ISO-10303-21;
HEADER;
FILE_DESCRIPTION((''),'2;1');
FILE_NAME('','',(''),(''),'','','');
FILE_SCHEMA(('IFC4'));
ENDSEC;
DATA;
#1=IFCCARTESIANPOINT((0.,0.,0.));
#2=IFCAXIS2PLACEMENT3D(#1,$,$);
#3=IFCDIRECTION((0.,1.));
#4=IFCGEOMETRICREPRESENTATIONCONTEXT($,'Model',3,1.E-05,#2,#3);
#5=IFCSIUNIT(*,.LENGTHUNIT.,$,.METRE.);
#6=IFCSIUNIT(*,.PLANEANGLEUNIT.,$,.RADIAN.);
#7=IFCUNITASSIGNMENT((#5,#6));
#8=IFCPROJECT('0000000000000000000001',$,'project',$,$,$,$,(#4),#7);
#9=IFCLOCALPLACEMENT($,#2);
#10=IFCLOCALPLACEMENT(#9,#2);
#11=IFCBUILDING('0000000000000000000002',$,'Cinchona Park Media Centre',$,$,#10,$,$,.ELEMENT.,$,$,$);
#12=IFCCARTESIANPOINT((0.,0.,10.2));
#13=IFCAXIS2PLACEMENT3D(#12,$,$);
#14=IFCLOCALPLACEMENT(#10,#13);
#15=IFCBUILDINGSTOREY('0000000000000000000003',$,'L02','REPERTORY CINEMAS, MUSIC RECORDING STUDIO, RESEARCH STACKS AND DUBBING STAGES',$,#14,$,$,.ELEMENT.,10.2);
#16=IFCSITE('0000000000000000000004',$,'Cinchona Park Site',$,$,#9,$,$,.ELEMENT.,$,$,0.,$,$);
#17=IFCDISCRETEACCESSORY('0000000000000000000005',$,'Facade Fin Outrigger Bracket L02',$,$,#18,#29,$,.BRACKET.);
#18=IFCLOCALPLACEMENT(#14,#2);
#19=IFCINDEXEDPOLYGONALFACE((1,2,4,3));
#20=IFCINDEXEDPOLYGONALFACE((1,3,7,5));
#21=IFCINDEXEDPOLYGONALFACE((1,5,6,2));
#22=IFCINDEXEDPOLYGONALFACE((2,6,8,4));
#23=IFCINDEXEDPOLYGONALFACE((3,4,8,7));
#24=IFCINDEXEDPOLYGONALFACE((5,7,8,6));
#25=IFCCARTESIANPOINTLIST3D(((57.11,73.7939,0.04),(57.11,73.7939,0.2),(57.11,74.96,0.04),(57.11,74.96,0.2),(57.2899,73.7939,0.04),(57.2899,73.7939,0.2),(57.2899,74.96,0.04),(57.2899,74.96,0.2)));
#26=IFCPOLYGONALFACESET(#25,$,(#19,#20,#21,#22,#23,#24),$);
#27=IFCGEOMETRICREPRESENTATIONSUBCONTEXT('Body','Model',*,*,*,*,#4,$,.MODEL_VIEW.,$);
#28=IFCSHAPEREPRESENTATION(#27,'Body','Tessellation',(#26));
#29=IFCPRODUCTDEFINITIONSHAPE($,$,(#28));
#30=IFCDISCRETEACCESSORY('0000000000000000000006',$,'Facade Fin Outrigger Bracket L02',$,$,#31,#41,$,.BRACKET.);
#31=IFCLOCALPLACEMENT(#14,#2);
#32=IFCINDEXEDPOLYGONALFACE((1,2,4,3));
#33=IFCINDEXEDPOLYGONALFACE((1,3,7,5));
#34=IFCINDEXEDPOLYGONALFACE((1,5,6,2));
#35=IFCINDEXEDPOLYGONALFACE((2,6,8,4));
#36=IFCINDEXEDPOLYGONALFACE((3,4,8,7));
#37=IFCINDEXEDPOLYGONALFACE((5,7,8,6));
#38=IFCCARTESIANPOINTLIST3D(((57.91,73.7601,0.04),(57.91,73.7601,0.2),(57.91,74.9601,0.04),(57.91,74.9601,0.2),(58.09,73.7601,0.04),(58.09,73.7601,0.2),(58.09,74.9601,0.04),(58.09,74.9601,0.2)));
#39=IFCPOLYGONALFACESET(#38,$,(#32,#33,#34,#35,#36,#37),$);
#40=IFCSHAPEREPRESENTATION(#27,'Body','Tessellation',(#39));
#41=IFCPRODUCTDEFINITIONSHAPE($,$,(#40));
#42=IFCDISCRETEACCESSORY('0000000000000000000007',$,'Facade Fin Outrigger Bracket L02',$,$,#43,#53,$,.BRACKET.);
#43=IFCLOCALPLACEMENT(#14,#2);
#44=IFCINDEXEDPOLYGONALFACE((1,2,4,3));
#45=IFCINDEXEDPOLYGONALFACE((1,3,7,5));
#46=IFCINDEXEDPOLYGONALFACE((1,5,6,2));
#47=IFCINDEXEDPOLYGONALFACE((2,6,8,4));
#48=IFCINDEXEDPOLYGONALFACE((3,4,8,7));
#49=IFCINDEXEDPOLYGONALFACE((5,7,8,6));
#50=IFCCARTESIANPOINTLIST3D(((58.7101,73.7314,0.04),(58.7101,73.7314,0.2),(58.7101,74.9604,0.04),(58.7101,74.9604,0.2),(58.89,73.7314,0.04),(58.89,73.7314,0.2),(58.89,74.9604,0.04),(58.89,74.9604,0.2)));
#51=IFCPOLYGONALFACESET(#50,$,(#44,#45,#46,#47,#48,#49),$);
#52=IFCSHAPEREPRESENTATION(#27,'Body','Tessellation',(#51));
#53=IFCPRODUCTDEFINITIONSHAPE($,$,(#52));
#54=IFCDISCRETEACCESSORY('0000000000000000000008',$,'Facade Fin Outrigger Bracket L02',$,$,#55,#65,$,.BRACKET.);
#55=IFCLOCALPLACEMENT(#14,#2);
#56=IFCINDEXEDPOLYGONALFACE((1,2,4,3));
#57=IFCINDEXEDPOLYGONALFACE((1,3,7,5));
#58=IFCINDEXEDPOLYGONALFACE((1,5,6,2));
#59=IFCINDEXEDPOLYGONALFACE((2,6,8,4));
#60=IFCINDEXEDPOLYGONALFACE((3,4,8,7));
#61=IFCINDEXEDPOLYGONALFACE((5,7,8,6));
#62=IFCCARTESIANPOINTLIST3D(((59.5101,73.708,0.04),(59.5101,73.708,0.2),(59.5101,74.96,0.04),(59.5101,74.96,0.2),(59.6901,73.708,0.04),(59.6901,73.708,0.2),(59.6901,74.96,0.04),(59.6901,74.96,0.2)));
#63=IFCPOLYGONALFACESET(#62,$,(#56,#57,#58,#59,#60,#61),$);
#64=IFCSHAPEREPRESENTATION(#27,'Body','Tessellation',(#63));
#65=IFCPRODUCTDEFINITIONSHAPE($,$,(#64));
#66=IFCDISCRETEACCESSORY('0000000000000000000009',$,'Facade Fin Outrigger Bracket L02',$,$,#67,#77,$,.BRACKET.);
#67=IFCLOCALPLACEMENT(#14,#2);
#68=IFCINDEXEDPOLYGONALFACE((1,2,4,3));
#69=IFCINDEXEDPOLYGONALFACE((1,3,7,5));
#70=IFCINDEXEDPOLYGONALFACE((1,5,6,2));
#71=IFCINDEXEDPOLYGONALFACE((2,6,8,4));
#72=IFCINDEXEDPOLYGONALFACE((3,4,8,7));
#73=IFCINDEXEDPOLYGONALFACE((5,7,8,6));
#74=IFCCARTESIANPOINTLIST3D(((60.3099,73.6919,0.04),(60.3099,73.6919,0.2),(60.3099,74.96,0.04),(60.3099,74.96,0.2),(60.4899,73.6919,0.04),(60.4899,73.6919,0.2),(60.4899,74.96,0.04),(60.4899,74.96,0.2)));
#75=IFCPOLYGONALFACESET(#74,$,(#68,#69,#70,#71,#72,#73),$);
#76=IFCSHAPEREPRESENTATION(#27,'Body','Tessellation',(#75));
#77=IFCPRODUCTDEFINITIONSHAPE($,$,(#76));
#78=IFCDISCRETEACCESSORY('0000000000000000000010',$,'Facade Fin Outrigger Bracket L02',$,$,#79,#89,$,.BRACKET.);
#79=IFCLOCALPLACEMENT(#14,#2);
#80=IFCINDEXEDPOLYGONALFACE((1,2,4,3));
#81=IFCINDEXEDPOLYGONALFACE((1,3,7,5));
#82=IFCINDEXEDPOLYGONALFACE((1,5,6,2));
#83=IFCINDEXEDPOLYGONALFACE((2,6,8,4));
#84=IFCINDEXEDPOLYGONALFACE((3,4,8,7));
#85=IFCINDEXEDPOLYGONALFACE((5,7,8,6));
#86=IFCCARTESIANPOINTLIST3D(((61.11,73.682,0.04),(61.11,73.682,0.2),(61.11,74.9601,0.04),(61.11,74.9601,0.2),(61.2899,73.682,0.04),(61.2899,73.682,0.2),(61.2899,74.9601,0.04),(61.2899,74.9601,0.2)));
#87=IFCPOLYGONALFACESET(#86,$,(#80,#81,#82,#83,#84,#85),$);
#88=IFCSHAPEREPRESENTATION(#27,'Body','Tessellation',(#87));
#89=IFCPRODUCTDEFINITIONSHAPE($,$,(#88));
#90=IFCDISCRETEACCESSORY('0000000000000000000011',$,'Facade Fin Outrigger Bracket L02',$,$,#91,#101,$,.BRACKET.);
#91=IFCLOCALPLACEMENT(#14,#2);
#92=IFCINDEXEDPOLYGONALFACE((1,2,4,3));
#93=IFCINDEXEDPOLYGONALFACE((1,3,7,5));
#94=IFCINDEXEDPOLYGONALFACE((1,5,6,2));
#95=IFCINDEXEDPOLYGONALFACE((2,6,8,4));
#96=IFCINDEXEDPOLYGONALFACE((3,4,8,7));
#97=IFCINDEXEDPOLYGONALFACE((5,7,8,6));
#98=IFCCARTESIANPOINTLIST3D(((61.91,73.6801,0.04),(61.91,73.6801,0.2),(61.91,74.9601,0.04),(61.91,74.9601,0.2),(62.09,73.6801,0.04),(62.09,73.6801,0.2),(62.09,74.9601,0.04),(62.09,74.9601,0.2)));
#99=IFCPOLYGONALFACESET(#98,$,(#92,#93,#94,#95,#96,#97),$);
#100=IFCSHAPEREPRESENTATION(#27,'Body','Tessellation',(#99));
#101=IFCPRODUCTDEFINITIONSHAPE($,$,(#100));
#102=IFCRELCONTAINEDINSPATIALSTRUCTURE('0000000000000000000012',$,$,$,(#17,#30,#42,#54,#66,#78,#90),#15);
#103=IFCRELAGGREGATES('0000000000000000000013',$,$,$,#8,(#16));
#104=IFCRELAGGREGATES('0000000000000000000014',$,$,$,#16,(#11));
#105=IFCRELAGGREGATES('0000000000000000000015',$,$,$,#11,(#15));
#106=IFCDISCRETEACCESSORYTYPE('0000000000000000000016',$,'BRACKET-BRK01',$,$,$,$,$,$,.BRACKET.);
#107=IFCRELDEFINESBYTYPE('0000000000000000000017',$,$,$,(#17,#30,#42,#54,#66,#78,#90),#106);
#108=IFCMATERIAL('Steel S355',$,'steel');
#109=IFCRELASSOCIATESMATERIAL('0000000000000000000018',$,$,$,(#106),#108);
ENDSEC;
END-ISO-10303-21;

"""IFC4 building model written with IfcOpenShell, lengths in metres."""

from ifc_helpers import new_model, si_unit, direction, frame, origin, origin_2d, place, context, subcontext, project, spatial, rectangle, extrude, material, type_object, element, save


model = new_model("IFC4")

# Units and contexts
model_context = context("Model", 3, precision=1e-05, world=origin(), true_north=direction((0.0, 1.0)))
body_context = subcontext(model_context, "Body", "Model", "MODEL_VIEW")
ifc_project = project(units=[si_unit("LENGTHUNIT", "METRE"), si_unit("PLANEANGLEUNIT", "RADIAN")], contexts=[model_context])

# Site, building, storey
site_placement = place(None, origin())
site = spatial("IfcSite", under=ifc_project, at=site_placement, Name="Cinchona Park Site", CompositionType="ELEMENT", RefElevation=0.0)
building_placement = place(site_placement, origin())
building = spatial("IfcBuilding", under=site, at=building_placement, Name="Cinchona Park Media Centre", CompositionType="ELEMENT")
storey_placement = place(building_placement, frame((0.0, 0.0, 10.2)))
storey = spatial("IfcBuildingStorey", under=building, at=storey_placement, Name="L02", Description="REPERTORY CINEMAS, MUSIC RECORDING STUDIO, RESEARCH STACKS AND DUBBING STAGES", CompositionType="ELEMENT", Elevation=10.2)

# Discrete accessories
ifc_material_1 = material(Name="Steel S355", Category="steel")
discrete_accessory_type = type_object("IfcDiscreteAccessoryType", Name="BRACKET-BRK01", PredefinedType="BRACKET", material=ifc_material_1)
discrete_accessory_1_placement = place(storey_placement, frame((57.2, 74.377, 0.04), z_axis=(0.0, 0.0, 1.0), x_axis=(1.0, 0.0, 0.0)))
element("IfcDiscreteAccessory", 1, at=discrete_accessory_1_placement, inside=storey, type_object=discrete_accessory_type, Name="Facade Fin Outrigger Bracket L02", PredefinedType="BRACKET", context=body_context, shape_type="SweptSolid", body=[
    extrude(rectangle(XDim=0.1799, YDim=1.166, at=origin_2d()), origin(), (0.0, 0.0, 1.0), 0.1599),
])
discrete_accessory_2_placement = place(storey_placement, frame((58.0, 74.3601, 0.04), z_axis=(0.0, 0.0, 1.0), x_axis=(1.0, 0.0, 0.0)))
element("IfcDiscreteAccessory", 2, at=discrete_accessory_2_placement, inside=storey, type_object=discrete_accessory_type, Name="Facade Fin Outrigger Bracket L02", PredefinedType="BRACKET", context=body_context, shape_type="SweptSolid", body=[
    extrude(rectangle(XDim=0.1799, YDim=1.2, at=origin_2d()), origin(), (0.0, 0.0, 1.0), 0.1599),
])
discrete_accessory_3_placement = place(storey_placement, frame((58.8, 74.3459, 0.04), z_axis=(0.0, 0.0, 1.0), x_axis=(1.0, 0.0, 0.0)))
element("IfcDiscreteAccessory", 3, at=discrete_accessory_3_placement, inside=storey, type_object=discrete_accessory_type, Name="Facade Fin Outrigger Bracket L02", PredefinedType="BRACKET", context=body_context, shape_type="SweptSolid", body=[
    extrude(rectangle(XDim=0.1799, YDim=1.229, at=origin_2d()), origin(), (0.0, 0.0, 1.0), 0.1599),
])
discrete_accessory_4_placement = place(storey_placement, frame((59.6001, 74.334, 0.04), z_axis=(0.0, 0.0, 1.0), x_axis=(1.0, 0.0, 0.0)))
element("IfcDiscreteAccessory", 4, at=discrete_accessory_4_placement, inside=storey, type_object=discrete_accessory_type, Name="Facade Fin Outrigger Bracket L02", PredefinedType="BRACKET", context=body_context, shape_type="SweptSolid", body=[
    extrude(rectangle(XDim=0.1799, YDim=1.252, at=origin_2d()), origin(), (0.0, 0.0, 1.0), 0.1599),
])
discrete_accessory_5_placement = place(storey_placement, frame((60.3999, 74.3259, 0.04), z_axis=(0.0, 0.0, 1.0), x_axis=(1.0, 0.0, 0.0)))
element("IfcDiscreteAccessory", 5, at=discrete_accessory_5_placement, inside=storey, type_object=discrete_accessory_type, Name="Facade Fin Outrigger Bracket L02", PredefinedType="BRACKET", context=body_context, shape_type="SweptSolid", body=[
    extrude(rectangle(XDim=0.1799, YDim=1.2681, at=origin_2d()), origin(), (0.0, 0.0, 1.0), 0.1599),
])
discrete_accessory_6_placement = place(storey_placement, frame((61.2, 74.321, 0.04), z_axis=(0.0, 0.0, 1.0), x_axis=(1.0, 0.0, 0.0)))
element("IfcDiscreteAccessory", 6, at=discrete_accessory_6_placement, inside=storey, type_object=discrete_accessory_type, Name="Facade Fin Outrigger Bracket L02", PredefinedType="BRACKET", context=body_context, shape_type="SweptSolid", body=[
    extrude(rectangle(XDim=0.1799, YDim=1.2781, at=origin_2d()), origin(), (0.0, 0.0, 1.0), 0.1599),
])
discrete_accessory_7_placement = place(storey_placement, frame((62.0, 74.3201, 0.04), z_axis=(0.0, 0.0, 1.0), x_axis=(1.0, 0.0, 0.0)))
element("IfcDiscreteAccessory", 7, at=discrete_accessory_7_placement, inside=storey, type_object=discrete_accessory_type, Name="Facade Fin Outrigger Bracket L02", PredefinedType="BRACKET", context=body_context, shape_type="SweptSolid", body=[
    extrude(rectangle(XDim=0.1799, YDim=1.28, at=origin_2d()), origin(), (0.0, 0.0, 1.0), 0.1599),
])

save(model, "model.ifc")
